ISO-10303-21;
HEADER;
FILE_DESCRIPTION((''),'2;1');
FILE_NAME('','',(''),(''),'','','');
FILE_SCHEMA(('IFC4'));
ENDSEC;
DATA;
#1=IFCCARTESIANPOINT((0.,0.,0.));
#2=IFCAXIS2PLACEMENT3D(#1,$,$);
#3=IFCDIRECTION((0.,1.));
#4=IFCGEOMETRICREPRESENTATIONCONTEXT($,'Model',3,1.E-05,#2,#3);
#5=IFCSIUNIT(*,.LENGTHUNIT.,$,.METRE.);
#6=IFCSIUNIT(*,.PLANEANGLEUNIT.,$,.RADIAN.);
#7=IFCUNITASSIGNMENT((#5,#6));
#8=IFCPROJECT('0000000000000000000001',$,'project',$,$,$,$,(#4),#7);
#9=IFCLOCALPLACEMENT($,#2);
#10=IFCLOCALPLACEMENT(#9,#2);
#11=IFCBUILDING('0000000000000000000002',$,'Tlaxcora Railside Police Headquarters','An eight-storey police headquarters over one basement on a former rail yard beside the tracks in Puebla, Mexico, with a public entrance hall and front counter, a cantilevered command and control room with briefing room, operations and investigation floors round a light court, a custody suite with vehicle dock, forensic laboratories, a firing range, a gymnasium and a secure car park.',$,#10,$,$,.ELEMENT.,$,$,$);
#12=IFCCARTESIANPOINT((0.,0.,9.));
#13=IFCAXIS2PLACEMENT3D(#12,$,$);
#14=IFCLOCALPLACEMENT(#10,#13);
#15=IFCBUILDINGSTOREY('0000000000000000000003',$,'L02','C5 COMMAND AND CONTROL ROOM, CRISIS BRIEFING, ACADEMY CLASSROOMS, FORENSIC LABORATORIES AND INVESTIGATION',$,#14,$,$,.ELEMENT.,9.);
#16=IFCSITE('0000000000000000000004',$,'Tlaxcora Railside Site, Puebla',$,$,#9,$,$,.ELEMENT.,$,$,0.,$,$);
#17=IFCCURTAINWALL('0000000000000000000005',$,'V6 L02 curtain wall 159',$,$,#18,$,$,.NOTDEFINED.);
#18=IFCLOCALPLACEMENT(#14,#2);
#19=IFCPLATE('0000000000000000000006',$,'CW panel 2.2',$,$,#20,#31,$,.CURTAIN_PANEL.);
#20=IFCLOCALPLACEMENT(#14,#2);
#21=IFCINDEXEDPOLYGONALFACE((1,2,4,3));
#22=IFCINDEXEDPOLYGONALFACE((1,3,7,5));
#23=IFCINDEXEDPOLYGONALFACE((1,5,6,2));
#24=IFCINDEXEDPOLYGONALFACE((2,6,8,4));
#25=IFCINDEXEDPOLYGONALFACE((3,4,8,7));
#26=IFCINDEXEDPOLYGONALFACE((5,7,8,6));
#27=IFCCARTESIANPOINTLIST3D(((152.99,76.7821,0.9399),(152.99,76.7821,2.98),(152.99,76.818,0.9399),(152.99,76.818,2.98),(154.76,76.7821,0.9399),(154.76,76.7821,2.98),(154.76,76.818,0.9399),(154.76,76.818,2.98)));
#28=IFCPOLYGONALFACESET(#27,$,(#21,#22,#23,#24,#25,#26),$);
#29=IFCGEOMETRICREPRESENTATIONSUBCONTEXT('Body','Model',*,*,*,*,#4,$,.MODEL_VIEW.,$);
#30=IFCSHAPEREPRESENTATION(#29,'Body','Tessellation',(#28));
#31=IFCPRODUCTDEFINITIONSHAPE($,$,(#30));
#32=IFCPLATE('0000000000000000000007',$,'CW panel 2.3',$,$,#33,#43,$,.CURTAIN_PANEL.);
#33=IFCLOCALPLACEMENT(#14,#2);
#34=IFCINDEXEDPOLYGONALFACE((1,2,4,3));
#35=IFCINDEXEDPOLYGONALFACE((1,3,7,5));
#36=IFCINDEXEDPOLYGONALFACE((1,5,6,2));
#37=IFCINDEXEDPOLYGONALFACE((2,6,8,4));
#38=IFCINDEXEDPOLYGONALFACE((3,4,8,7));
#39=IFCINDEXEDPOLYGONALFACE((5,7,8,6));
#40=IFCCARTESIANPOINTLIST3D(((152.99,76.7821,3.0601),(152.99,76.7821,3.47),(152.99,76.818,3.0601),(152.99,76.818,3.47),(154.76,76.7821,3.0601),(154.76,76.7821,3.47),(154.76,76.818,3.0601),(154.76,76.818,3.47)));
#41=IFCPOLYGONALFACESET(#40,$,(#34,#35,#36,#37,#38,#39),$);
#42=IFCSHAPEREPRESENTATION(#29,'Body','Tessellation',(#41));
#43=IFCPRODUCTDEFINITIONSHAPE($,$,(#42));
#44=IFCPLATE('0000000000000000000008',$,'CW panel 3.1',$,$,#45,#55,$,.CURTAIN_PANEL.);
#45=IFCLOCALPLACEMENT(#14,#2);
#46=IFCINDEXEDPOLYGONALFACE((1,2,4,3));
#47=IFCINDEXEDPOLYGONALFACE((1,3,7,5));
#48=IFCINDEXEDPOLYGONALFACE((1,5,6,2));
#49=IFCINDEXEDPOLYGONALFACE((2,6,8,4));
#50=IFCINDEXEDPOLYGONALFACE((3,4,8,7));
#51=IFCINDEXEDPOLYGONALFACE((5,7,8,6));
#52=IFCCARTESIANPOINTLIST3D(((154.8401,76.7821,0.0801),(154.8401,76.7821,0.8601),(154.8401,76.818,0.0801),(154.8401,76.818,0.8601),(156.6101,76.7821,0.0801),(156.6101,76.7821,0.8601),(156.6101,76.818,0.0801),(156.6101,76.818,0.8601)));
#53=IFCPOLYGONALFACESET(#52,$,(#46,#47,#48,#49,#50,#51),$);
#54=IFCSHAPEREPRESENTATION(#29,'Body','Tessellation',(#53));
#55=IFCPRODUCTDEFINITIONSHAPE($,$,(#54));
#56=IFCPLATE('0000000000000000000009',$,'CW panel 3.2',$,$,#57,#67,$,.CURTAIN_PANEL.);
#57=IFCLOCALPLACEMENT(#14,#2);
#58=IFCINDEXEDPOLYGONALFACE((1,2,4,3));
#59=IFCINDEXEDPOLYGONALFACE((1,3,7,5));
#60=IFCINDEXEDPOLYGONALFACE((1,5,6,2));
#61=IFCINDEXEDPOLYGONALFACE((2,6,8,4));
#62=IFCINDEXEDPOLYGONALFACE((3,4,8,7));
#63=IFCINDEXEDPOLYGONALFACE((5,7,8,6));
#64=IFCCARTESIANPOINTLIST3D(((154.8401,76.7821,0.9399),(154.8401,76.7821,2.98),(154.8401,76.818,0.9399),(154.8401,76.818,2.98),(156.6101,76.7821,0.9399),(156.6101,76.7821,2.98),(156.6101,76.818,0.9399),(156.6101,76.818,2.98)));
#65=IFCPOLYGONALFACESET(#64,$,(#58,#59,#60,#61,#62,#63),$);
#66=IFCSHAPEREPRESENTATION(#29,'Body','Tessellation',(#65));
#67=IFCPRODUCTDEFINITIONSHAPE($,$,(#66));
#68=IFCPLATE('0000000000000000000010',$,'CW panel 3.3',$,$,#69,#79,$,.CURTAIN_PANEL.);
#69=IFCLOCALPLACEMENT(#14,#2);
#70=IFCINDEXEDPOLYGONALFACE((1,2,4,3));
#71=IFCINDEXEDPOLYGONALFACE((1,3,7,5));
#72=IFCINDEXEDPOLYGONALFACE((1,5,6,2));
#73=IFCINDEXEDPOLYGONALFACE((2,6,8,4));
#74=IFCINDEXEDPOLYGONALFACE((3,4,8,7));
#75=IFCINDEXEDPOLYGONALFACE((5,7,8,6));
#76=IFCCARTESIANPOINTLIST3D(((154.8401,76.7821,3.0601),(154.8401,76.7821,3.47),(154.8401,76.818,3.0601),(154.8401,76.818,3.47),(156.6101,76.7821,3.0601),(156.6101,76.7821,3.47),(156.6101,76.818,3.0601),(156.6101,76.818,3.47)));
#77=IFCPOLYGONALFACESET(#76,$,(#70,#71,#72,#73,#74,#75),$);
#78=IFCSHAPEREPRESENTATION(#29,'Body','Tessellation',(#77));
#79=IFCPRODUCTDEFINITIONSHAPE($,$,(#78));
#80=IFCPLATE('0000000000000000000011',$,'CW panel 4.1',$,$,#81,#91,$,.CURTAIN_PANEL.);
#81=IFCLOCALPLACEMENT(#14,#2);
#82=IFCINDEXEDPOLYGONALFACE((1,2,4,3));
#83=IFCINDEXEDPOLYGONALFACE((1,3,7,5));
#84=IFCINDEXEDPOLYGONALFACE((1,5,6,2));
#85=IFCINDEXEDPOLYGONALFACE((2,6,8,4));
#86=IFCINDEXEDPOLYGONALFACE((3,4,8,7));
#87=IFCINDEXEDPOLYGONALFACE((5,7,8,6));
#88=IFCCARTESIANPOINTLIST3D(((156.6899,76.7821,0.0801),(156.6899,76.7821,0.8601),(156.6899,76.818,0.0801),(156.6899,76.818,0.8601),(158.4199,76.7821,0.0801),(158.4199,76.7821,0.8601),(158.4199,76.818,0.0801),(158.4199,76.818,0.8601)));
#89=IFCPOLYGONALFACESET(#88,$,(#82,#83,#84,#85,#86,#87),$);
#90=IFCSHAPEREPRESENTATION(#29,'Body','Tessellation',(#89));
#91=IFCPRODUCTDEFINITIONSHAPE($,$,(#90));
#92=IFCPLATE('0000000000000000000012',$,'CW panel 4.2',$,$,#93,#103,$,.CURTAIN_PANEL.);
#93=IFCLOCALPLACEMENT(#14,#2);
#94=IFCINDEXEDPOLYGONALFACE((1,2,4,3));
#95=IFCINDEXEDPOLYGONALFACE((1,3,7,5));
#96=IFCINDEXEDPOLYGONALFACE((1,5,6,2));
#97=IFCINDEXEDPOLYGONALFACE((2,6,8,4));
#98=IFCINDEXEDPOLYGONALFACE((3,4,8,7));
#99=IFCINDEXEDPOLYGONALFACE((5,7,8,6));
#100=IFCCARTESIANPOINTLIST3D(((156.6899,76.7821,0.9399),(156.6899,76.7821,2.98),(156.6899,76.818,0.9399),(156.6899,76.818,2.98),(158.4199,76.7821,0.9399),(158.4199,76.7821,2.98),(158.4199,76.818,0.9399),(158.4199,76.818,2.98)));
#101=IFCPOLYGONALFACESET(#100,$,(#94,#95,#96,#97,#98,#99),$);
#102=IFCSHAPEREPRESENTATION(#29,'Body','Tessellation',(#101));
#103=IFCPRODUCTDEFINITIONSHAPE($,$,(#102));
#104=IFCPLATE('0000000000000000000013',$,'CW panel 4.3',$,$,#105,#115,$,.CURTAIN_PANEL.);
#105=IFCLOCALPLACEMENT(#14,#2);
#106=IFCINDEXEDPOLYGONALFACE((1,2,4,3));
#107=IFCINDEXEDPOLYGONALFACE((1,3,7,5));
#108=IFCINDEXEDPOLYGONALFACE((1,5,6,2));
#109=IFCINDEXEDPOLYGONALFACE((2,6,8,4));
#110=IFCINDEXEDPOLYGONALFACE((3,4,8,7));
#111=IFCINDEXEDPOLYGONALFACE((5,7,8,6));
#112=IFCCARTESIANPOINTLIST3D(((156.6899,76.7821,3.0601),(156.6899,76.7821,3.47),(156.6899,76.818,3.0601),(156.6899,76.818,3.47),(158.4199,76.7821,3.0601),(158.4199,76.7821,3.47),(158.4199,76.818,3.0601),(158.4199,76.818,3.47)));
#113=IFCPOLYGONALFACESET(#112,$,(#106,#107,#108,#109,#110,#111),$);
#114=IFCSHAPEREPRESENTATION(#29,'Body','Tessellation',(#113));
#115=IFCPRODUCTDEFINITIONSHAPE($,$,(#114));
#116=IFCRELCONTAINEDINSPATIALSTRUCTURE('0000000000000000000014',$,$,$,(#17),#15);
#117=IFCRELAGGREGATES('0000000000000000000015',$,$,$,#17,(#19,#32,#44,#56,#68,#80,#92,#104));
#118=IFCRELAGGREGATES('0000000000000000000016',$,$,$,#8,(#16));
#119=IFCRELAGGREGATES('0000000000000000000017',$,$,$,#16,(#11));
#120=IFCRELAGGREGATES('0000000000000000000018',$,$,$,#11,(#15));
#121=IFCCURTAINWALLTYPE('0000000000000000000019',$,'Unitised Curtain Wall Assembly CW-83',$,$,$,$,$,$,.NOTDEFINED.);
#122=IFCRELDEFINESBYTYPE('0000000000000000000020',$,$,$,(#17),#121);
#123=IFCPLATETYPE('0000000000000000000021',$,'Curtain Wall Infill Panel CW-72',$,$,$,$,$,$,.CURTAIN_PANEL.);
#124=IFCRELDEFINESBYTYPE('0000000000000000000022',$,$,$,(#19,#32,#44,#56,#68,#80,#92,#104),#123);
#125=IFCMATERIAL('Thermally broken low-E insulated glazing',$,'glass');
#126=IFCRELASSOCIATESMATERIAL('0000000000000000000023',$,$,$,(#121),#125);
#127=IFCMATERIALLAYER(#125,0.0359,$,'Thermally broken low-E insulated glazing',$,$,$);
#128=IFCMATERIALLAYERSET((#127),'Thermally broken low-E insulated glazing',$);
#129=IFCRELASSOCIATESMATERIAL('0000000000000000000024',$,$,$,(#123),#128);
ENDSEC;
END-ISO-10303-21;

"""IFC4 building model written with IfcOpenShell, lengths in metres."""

from ifc_helpers import new_model, si_unit, direction, frame, origin, origin_2d, place, context, subcontext, project, spatial, rectangle, extrude, material, layer, layer_set, type_object, element, aggregate, save


model = new_model("IFC4")

# Units and contexts
model_context = context("Model", 3, precision=1e-05, world=origin(), true_north=direction((0.0, 1.0)))
body_context = subcontext(model_context, "Body", "Model", "MODEL_VIEW")
ifc_project = project(units=[si_unit("LENGTHUNIT", "METRE"), si_unit("PLANEANGLEUNIT", "RADIAN")], contexts=[model_context])

# Site, building, storey
site_placement = place(None, origin())
site = spatial("IfcSite", under=ifc_project, at=site_placement, Name="Tlaxcora Railside Site, Puebla", CompositionType="ELEMENT", RefElevation=0.0)
building_placement = place(site_placement, origin())
building = spatial("IfcBuilding", under=site, at=building_placement, Name="Tlaxcora Railside Police Headquarters", Description="An eight-storey police headquarters over one basement on a former rail yard beside the tracks in Puebla, Mexico, with a public entrance hall and front counter, a cantilevered command and control room with briefing room, operations and investigation floors round a light court, a custody suite with vehicle dock, forensic laboratories, a firing range, a gymnasium and a secure car park.", CompositionType="ELEMENT")
storey_placement = place(building_placement, frame((0.0, 0.0, 9.0)))
storey = spatial("IfcBuildingStorey", under=building, at=storey_placement, Name="L02", Description="C5 COMMAND AND CONTROL ROOM, CRISIS BRIEFING, ACADEMY CLASSROOMS, FORENSIC LABORATORIES AND INVESTIGATION", CompositionType="ELEMENT", Elevation=9.0)

# Curtain wall
ifc_material_1 = material(Name="Thermally broken low-E insulated glazing", Category="glass")
curtain_wall_type = type_object("IfcCurtainWallType", Name="Unitised Curtain Wall Assembly CW-83", PredefinedType="NOTDEFINED", material=ifc_material_1)
curtain_wall_placement = place(storey_placement, origin())
curtain_wall = element("IfcCurtainWall", 1, at=curtain_wall_placement, inside=storey, type_object=curtain_wall_type, Name="V6 L02 curtain wall 159", PredefinedType="NOTDEFINED")

# Plates
ifc_layer = layer(ifc_material_1, 0.0359, Name="Thermally broken low-E insulated glazing")
ifc_layer_set = layer_set([ifc_layer], Name="Thermally broken low-E insulated glazing")
plate_type = type_object("IfcPlateType", Name="Curtain Wall Infill Panel CW-72", PredefinedType="CURTAIN_PANEL", material=ifc_layer_set)
plate_1_placement = place(storey_placement, frame((153.875, 76.8, 0.9399), z_axis=(0.0, 0.0, 1.0), x_axis=(1.0, 0.0, 0.0)))
plate_1 = element("IfcPlate", 2, at=plate_1_placement, type_object=plate_type, Name="CW panel 2.2", PredefinedType="CURTAIN_PANEL", context=body_context, shape_type="SweptSolid", body=[
    extrude(rectangle(XDim=1.77, YDim=0.0359, at=origin_2d()), origin(), (0.0, 0.0, 1.0), 2.04),
])
plate_2_placement = place(storey_placement, frame((153.875, 76.8, 3.0601), z_axis=(0.0, 0.0, 1.0), x_axis=(1.0, 0.0, 0.0)))
plate_2 = element("IfcPlate", 3, at=plate_2_placement, type_object=plate_type, Name="CW panel 2.3", PredefinedType="CURTAIN_PANEL", context=body_context, shape_type="SweptSolid", body=[
    extrude(rectangle(XDim=1.77, YDim=0.0359, at=origin_2d()), origin(), (0.0, 0.0, 1.0), 0.4099),
])
plate_3_placement = place(storey_placement, frame((155.7251, 76.8, 0.0801), z_axis=(0.0, 0.0, 1.0), x_axis=(1.0, 0.0, 0.0)))
plate_3 = element("IfcPlate", 4, at=plate_3_placement, type_object=plate_type, Name="CW panel 3.1", PredefinedType="CURTAIN_PANEL", context=body_context, shape_type="SweptSolid", body=[
    extrude(rectangle(XDim=1.77, YDim=0.0359, at=origin_2d()), origin(), (0.0, 0.0, 1.0), 0.78),
])
plate_4_placement = place(storey_placement, frame((155.7251, 76.8, 0.9399), z_axis=(0.0, 0.0, 1.0), x_axis=(1.0, 0.0, 0.0)))
plate_4 = element("IfcPlate", 5, at=plate_4_placement, type_object=plate_type, Name="CW panel 3.2", PredefinedType="CURTAIN_PANEL", context=body_context, shape_type="SweptSolid", body=[
    extrude(rectangle(XDim=1.77, YDim=0.0359, at=origin_2d()), origin(), (0.0, 0.0, 1.0), 2.04),
])
plate_5_placement = place(storey_placement, frame((155.7251, 76.8, 3.0601), z_axis=(0.0, 0.0, 1.0), x_axis=(1.0, 0.0, 0.0)))
plate_5 = element("IfcPlate", 6, at=plate_5_placement, type_object=plate_type, Name="CW panel 3.3", PredefinedType="CURTAIN_PANEL", context=body_context, shape_type="SweptSolid", body=[
    extrude(rectangle(XDim=1.77, YDim=0.0359, at=origin_2d()), origin(), (0.0, 0.0, 1.0), 0.4099),
])
plate_6_placement = place(storey_placement, frame((157.5549, 76.8, 0.0801), z_axis=(0.0, 0.0, 1.0), x_axis=(1.0, 0.0, 0.0)))
plate_6 = element("IfcPlate", 7, at=plate_6_placement, type_object=plate_type, Name="CW panel 4.1", PredefinedType="CURTAIN_PANEL", context=body_context, shape_type="SweptSolid", body=[
    extrude(rectangle(XDim=1.73, YDim=0.0359, at=origin_2d()), origin(), (0.0, 0.0, 1.0), 0.78),
])
plate_7_placement = place(storey_placement, frame((157.5549, 76.8, 0.9399), z_axis=(0.0, 0.0, 1.0), x_axis=(1.0, 0.0, 0.0)))
plate_7 = element("IfcPlate", 8, at=plate_7_placement, type_object=plate_type, Name="CW panel 4.2", PredefinedType="CURTAIN_PANEL", context=body_context, shape_type="SweptSolid", body=[
    extrude(rectangle(XDim=1.73, YDim=0.0359, at=origin_2d()), origin(), (0.0, 0.0, 1.0), 2.04),
])
plate_8_placement = place(storey_placement, frame((157.5549, 76.8, 3.0601), z_axis=(0.0, 0.0, 1.0), x_axis=(1.0, 0.0, 0.0)))
plate_8 = element("IfcPlate", 9, at=plate_8_placement, type_object=plate_type, Name="CW panel 4.3", PredefinedType="CURTAIN_PANEL", context=body_context, shape_type="SweptSolid", body=[
    extrude(rectangle(XDim=1.73, YDim=0.0359, at=origin_2d()), origin(), (0.0, 0.0, 1.0), 0.4099),
])
aggregate(curtain_wall, [plate_1, plate_2, plate_3, plate_4, plate_5, plate_6, plate_7, plate_8])

save(model, "model.ifc")
